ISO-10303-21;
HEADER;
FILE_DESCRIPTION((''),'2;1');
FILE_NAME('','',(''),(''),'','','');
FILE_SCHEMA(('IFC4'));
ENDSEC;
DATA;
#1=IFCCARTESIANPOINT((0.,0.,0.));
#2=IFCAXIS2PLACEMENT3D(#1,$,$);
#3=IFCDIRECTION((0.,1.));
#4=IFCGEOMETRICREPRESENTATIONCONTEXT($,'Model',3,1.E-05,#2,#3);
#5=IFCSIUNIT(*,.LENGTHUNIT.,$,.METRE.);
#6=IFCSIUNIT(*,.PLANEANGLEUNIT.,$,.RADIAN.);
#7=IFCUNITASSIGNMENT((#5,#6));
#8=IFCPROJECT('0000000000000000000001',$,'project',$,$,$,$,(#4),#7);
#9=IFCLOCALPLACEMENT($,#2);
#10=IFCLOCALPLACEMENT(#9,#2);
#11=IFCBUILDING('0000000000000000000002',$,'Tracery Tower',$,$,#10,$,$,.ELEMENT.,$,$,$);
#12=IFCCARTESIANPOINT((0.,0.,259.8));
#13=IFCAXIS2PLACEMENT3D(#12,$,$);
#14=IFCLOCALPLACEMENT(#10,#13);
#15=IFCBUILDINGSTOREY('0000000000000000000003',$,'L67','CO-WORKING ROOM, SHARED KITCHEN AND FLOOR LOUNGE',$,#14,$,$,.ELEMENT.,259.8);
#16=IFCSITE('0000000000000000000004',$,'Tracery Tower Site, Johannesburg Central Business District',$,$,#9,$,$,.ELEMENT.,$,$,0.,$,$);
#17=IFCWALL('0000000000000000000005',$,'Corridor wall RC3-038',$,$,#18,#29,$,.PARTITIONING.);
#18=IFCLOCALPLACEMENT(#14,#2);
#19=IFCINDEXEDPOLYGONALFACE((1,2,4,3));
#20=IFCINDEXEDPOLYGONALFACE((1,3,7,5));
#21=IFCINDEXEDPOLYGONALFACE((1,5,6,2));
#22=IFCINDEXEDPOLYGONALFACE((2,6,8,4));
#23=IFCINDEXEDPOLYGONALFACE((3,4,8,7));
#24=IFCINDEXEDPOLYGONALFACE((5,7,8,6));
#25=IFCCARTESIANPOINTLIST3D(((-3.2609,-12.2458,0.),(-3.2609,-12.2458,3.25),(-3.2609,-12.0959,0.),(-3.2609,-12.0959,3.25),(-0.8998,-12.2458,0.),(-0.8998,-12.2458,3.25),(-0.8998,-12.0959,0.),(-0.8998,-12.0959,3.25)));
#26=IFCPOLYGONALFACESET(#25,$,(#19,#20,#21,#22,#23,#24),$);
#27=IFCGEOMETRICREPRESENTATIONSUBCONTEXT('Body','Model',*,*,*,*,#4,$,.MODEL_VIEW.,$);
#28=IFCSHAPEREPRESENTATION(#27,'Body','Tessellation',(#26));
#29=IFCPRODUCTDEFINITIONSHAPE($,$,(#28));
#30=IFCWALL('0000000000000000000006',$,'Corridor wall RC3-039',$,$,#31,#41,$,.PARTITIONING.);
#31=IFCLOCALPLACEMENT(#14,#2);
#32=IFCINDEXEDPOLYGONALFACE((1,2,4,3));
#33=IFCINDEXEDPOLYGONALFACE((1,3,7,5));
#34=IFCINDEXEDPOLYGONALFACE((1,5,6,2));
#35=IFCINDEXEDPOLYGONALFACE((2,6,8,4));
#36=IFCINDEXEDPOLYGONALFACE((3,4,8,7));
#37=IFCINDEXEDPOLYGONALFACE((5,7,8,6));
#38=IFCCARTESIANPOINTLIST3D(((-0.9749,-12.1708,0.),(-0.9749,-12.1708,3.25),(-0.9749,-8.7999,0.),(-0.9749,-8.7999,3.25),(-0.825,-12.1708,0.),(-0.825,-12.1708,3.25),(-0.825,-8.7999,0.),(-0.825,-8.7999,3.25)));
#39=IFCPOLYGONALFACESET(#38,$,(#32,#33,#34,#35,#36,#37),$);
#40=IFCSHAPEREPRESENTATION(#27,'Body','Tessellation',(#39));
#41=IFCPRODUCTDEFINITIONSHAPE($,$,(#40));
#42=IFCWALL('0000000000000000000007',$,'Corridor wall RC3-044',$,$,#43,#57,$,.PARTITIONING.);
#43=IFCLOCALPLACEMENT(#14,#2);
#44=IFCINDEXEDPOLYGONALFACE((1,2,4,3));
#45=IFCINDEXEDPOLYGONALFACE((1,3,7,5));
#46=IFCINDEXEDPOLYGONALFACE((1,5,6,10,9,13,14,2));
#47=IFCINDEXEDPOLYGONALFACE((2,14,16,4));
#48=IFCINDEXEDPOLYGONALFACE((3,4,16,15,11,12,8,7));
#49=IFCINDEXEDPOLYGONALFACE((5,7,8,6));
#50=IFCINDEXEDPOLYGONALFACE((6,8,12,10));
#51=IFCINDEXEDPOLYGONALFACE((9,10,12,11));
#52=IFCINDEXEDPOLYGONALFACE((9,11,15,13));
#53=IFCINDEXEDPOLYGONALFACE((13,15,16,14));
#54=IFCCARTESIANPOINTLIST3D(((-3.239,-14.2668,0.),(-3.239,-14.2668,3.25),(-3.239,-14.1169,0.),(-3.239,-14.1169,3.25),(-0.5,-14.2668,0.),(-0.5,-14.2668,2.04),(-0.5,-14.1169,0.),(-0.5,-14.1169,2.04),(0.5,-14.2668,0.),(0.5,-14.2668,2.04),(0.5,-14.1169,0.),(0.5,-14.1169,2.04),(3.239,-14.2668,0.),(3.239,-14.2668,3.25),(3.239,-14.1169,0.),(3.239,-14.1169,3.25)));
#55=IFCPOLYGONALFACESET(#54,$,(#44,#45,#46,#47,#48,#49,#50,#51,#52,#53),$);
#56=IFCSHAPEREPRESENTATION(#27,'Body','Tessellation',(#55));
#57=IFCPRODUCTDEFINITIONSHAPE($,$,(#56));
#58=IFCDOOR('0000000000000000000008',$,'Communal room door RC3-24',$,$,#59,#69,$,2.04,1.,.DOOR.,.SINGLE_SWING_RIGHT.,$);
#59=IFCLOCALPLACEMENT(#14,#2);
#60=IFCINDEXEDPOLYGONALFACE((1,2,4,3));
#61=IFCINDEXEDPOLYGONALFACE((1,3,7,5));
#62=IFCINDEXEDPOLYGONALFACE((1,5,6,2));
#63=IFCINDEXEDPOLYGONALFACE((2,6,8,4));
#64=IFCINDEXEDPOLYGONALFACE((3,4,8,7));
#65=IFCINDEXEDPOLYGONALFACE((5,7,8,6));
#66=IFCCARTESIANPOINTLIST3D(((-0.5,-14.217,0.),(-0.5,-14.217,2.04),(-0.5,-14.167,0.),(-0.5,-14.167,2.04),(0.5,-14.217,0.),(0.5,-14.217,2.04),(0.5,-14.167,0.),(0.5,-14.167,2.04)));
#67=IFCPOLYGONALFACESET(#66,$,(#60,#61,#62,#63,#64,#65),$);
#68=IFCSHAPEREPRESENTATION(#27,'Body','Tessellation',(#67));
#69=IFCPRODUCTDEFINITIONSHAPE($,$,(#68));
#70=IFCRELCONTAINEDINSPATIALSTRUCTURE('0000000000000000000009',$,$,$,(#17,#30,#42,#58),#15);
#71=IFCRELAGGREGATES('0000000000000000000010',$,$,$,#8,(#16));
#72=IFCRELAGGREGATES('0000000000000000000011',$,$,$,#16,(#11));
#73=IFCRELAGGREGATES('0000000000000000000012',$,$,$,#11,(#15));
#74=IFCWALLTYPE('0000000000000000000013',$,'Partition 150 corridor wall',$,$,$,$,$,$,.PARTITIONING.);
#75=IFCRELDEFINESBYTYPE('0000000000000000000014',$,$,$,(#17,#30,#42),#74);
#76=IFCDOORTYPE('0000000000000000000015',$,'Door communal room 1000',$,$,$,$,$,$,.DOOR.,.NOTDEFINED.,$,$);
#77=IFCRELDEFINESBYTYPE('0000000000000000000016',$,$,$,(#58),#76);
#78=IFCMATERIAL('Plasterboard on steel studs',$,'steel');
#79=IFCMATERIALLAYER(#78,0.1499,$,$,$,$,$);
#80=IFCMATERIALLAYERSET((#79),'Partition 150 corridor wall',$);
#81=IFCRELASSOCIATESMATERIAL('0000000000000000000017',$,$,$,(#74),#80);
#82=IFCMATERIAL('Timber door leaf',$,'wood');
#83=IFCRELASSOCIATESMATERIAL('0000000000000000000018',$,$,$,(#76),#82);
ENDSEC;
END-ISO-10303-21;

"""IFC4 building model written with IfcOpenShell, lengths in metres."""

from ifc_helpers import new_model, si_unit, direction, frame, frame_2d, origin, place, context, subcontext, project, spatial, rectangle, extrude, material, layer, layer_set, type_object, element, fill, save


model = new_model("IFC4")

# Units and contexts
model_context = context("Model", 3, precision=1e-05, world=origin(), true_north=direction((0.0, 1.0)))
body_context = subcontext(model_context, "Body", "Model", "MODEL_VIEW")
ifc_project = project(units=[si_unit("LENGTHUNIT", "METRE"), si_unit("PLANEANGLEUNIT", "RADIAN")], contexts=[model_context])

# Site, building, storey
site_placement = place(None, origin())
site = spatial("IfcSite", under=ifc_project, at=site_placement, Name="Tracery Tower Site, Johannesburg Central Business District", CompositionType="ELEMENT", RefElevation=0.0)
building_placement = place(site_placement, origin())
building = spatial("IfcBuilding", under=site, at=building_placement, Name="Tracery Tower", CompositionType="ELEMENT")
storey_placement = place(building_placement, frame((0.0, 0.0, 259.8)))
storey = spatial("IfcBuildingStorey", under=building, at=storey_placement, Name="L67", Description="CO-WORKING ROOM, SHARED KITCHEN AND FLOOR LOUNGE", CompositionType="ELEMENT", Elevation=259.8)

# Walls
ifc_material_1 = material(Name="Plasterboard on steel studs", Category="steel")
ifc_layer_1 = layer(ifc_material_1, 0.1499)
ifc_layer_set_1 = layer_set([ifc_layer_1], Name="Partition 150 corridor wall")
wall_type_1 = type_object("IfcWallType", Name="Partition 150 corridor wall", PredefinedType="PARTITIONING", material=ifc_layer_set_1)
wall_1_placement = place(storey_placement, frame((-3.261, -12.1709, 0.0), z_axis=(0.0, 0.0, 1.0), x_axis=(1.0, 0.0, 0.0)))
element("IfcWall", 1, at=wall_1_placement, inside=storey, type_object=wall_type_1, Name="Corridor wall RC3-038", PredefinedType="PARTITIONING", context=body_context, shape_type="SweptSolid", body=[
    extrude(rectangle(XDim=2.3611, YDim=0.1499, at=frame_2d((1.1807, 0.0))), origin(), (0.0, 0.0, 1.0), 3.25),
])
wall_2_placement = place(storey_placement, frame((-0.8999, -12.1709, 0.0), z_axis=(0.0, 0.0, 1.0), x_axis=(0.0, 1.0, 0.0)))
element("IfcWall", 2, at=wall_2_placement, inside=storey, type_object=wall_type_1, Name="Corridor wall RC3-039", PredefinedType="PARTITIONING", context=body_context, shape_type="SweptSolid", body=[
    extrude(rectangle(XDim=3.3708, YDim=0.1499, at=frame_2d((1.6855, 0.0))), origin(), (0.0, 0.0, 1.0), 3.25),
])

# Wall, opening, door
wall_3_placement = place(storey_placement, frame((-3.239, -14.1919, 0.0), z_axis=(0.0, 0.0, 1.0), x_axis=(1.0, 0.0, 0.0)))
wall_3 = element("IfcWall", 3, at=wall_3_placement, inside=storey, type_object=wall_type_1, Name="Corridor wall RC3-044", PredefinedType="PARTITIONING", context=body_context, shape_type="SweptSolid", body=[
    extrude(rectangle(XDim=6.478, YDim=0.1499, at=frame_2d((3.239, 0.0))), origin(), (0.0, 0.0, 1.0), 3.25),
])
opening_1_placement = place(wall_3_placement, frame((2.739, 0.0, 0.0)))
opening_1 = element("IfcOpeningElement", 4, at=opening_1_placement, cuts=wall_3, PredefinedType="OPENING", context=body_context, shape_type="SweptSolid", body=[
    extrude(rectangle(XDim=1.0, YDim=2.04, at=frame_2d((0.5, 1.02))), frame((0.0, 0.075, 0.0), z_axis=(0.0, -1.0, 0.0), x_axis=(1.0, 0.0, 0.0)), (0.0, 0.0, 1.0), 0.1499),
])
ifc_material_2 = material(Name="Timber door leaf", Category="wood")
door_type_1 = type_object("IfcDoorType", Name="Door communal room 1000", OperationType="NOTDEFINED", PredefinedType="DOOR", material=ifc_material_2)
door_1_placement = place(opening_1_placement, origin())
door_1 = element("IfcDoor", 5, at=door_1_placement, inside=storey, type_object=door_type_1, Name="Communal room door RC3-24", OperationType="SINGLE_SWING_RIGHT", OverallHeight=2.04, OverallWidth=1.0, PredefinedType="DOOR", context=body_context, shape_type="SweptSolid", body=[
    extrude(rectangle(XDim=1.0, YDim=2.04, at=frame_2d((0.5, 1.02))), frame((0.0, 0.0249, 0.0), z_axis=(0.0, -1.0, 0.0), x_axis=(1.0, 0.0, 0.0)), (0.0, 0.0, 1.0), 0.05),
])
fill(opening_1, door_1)

save(model, "model.ifc")
